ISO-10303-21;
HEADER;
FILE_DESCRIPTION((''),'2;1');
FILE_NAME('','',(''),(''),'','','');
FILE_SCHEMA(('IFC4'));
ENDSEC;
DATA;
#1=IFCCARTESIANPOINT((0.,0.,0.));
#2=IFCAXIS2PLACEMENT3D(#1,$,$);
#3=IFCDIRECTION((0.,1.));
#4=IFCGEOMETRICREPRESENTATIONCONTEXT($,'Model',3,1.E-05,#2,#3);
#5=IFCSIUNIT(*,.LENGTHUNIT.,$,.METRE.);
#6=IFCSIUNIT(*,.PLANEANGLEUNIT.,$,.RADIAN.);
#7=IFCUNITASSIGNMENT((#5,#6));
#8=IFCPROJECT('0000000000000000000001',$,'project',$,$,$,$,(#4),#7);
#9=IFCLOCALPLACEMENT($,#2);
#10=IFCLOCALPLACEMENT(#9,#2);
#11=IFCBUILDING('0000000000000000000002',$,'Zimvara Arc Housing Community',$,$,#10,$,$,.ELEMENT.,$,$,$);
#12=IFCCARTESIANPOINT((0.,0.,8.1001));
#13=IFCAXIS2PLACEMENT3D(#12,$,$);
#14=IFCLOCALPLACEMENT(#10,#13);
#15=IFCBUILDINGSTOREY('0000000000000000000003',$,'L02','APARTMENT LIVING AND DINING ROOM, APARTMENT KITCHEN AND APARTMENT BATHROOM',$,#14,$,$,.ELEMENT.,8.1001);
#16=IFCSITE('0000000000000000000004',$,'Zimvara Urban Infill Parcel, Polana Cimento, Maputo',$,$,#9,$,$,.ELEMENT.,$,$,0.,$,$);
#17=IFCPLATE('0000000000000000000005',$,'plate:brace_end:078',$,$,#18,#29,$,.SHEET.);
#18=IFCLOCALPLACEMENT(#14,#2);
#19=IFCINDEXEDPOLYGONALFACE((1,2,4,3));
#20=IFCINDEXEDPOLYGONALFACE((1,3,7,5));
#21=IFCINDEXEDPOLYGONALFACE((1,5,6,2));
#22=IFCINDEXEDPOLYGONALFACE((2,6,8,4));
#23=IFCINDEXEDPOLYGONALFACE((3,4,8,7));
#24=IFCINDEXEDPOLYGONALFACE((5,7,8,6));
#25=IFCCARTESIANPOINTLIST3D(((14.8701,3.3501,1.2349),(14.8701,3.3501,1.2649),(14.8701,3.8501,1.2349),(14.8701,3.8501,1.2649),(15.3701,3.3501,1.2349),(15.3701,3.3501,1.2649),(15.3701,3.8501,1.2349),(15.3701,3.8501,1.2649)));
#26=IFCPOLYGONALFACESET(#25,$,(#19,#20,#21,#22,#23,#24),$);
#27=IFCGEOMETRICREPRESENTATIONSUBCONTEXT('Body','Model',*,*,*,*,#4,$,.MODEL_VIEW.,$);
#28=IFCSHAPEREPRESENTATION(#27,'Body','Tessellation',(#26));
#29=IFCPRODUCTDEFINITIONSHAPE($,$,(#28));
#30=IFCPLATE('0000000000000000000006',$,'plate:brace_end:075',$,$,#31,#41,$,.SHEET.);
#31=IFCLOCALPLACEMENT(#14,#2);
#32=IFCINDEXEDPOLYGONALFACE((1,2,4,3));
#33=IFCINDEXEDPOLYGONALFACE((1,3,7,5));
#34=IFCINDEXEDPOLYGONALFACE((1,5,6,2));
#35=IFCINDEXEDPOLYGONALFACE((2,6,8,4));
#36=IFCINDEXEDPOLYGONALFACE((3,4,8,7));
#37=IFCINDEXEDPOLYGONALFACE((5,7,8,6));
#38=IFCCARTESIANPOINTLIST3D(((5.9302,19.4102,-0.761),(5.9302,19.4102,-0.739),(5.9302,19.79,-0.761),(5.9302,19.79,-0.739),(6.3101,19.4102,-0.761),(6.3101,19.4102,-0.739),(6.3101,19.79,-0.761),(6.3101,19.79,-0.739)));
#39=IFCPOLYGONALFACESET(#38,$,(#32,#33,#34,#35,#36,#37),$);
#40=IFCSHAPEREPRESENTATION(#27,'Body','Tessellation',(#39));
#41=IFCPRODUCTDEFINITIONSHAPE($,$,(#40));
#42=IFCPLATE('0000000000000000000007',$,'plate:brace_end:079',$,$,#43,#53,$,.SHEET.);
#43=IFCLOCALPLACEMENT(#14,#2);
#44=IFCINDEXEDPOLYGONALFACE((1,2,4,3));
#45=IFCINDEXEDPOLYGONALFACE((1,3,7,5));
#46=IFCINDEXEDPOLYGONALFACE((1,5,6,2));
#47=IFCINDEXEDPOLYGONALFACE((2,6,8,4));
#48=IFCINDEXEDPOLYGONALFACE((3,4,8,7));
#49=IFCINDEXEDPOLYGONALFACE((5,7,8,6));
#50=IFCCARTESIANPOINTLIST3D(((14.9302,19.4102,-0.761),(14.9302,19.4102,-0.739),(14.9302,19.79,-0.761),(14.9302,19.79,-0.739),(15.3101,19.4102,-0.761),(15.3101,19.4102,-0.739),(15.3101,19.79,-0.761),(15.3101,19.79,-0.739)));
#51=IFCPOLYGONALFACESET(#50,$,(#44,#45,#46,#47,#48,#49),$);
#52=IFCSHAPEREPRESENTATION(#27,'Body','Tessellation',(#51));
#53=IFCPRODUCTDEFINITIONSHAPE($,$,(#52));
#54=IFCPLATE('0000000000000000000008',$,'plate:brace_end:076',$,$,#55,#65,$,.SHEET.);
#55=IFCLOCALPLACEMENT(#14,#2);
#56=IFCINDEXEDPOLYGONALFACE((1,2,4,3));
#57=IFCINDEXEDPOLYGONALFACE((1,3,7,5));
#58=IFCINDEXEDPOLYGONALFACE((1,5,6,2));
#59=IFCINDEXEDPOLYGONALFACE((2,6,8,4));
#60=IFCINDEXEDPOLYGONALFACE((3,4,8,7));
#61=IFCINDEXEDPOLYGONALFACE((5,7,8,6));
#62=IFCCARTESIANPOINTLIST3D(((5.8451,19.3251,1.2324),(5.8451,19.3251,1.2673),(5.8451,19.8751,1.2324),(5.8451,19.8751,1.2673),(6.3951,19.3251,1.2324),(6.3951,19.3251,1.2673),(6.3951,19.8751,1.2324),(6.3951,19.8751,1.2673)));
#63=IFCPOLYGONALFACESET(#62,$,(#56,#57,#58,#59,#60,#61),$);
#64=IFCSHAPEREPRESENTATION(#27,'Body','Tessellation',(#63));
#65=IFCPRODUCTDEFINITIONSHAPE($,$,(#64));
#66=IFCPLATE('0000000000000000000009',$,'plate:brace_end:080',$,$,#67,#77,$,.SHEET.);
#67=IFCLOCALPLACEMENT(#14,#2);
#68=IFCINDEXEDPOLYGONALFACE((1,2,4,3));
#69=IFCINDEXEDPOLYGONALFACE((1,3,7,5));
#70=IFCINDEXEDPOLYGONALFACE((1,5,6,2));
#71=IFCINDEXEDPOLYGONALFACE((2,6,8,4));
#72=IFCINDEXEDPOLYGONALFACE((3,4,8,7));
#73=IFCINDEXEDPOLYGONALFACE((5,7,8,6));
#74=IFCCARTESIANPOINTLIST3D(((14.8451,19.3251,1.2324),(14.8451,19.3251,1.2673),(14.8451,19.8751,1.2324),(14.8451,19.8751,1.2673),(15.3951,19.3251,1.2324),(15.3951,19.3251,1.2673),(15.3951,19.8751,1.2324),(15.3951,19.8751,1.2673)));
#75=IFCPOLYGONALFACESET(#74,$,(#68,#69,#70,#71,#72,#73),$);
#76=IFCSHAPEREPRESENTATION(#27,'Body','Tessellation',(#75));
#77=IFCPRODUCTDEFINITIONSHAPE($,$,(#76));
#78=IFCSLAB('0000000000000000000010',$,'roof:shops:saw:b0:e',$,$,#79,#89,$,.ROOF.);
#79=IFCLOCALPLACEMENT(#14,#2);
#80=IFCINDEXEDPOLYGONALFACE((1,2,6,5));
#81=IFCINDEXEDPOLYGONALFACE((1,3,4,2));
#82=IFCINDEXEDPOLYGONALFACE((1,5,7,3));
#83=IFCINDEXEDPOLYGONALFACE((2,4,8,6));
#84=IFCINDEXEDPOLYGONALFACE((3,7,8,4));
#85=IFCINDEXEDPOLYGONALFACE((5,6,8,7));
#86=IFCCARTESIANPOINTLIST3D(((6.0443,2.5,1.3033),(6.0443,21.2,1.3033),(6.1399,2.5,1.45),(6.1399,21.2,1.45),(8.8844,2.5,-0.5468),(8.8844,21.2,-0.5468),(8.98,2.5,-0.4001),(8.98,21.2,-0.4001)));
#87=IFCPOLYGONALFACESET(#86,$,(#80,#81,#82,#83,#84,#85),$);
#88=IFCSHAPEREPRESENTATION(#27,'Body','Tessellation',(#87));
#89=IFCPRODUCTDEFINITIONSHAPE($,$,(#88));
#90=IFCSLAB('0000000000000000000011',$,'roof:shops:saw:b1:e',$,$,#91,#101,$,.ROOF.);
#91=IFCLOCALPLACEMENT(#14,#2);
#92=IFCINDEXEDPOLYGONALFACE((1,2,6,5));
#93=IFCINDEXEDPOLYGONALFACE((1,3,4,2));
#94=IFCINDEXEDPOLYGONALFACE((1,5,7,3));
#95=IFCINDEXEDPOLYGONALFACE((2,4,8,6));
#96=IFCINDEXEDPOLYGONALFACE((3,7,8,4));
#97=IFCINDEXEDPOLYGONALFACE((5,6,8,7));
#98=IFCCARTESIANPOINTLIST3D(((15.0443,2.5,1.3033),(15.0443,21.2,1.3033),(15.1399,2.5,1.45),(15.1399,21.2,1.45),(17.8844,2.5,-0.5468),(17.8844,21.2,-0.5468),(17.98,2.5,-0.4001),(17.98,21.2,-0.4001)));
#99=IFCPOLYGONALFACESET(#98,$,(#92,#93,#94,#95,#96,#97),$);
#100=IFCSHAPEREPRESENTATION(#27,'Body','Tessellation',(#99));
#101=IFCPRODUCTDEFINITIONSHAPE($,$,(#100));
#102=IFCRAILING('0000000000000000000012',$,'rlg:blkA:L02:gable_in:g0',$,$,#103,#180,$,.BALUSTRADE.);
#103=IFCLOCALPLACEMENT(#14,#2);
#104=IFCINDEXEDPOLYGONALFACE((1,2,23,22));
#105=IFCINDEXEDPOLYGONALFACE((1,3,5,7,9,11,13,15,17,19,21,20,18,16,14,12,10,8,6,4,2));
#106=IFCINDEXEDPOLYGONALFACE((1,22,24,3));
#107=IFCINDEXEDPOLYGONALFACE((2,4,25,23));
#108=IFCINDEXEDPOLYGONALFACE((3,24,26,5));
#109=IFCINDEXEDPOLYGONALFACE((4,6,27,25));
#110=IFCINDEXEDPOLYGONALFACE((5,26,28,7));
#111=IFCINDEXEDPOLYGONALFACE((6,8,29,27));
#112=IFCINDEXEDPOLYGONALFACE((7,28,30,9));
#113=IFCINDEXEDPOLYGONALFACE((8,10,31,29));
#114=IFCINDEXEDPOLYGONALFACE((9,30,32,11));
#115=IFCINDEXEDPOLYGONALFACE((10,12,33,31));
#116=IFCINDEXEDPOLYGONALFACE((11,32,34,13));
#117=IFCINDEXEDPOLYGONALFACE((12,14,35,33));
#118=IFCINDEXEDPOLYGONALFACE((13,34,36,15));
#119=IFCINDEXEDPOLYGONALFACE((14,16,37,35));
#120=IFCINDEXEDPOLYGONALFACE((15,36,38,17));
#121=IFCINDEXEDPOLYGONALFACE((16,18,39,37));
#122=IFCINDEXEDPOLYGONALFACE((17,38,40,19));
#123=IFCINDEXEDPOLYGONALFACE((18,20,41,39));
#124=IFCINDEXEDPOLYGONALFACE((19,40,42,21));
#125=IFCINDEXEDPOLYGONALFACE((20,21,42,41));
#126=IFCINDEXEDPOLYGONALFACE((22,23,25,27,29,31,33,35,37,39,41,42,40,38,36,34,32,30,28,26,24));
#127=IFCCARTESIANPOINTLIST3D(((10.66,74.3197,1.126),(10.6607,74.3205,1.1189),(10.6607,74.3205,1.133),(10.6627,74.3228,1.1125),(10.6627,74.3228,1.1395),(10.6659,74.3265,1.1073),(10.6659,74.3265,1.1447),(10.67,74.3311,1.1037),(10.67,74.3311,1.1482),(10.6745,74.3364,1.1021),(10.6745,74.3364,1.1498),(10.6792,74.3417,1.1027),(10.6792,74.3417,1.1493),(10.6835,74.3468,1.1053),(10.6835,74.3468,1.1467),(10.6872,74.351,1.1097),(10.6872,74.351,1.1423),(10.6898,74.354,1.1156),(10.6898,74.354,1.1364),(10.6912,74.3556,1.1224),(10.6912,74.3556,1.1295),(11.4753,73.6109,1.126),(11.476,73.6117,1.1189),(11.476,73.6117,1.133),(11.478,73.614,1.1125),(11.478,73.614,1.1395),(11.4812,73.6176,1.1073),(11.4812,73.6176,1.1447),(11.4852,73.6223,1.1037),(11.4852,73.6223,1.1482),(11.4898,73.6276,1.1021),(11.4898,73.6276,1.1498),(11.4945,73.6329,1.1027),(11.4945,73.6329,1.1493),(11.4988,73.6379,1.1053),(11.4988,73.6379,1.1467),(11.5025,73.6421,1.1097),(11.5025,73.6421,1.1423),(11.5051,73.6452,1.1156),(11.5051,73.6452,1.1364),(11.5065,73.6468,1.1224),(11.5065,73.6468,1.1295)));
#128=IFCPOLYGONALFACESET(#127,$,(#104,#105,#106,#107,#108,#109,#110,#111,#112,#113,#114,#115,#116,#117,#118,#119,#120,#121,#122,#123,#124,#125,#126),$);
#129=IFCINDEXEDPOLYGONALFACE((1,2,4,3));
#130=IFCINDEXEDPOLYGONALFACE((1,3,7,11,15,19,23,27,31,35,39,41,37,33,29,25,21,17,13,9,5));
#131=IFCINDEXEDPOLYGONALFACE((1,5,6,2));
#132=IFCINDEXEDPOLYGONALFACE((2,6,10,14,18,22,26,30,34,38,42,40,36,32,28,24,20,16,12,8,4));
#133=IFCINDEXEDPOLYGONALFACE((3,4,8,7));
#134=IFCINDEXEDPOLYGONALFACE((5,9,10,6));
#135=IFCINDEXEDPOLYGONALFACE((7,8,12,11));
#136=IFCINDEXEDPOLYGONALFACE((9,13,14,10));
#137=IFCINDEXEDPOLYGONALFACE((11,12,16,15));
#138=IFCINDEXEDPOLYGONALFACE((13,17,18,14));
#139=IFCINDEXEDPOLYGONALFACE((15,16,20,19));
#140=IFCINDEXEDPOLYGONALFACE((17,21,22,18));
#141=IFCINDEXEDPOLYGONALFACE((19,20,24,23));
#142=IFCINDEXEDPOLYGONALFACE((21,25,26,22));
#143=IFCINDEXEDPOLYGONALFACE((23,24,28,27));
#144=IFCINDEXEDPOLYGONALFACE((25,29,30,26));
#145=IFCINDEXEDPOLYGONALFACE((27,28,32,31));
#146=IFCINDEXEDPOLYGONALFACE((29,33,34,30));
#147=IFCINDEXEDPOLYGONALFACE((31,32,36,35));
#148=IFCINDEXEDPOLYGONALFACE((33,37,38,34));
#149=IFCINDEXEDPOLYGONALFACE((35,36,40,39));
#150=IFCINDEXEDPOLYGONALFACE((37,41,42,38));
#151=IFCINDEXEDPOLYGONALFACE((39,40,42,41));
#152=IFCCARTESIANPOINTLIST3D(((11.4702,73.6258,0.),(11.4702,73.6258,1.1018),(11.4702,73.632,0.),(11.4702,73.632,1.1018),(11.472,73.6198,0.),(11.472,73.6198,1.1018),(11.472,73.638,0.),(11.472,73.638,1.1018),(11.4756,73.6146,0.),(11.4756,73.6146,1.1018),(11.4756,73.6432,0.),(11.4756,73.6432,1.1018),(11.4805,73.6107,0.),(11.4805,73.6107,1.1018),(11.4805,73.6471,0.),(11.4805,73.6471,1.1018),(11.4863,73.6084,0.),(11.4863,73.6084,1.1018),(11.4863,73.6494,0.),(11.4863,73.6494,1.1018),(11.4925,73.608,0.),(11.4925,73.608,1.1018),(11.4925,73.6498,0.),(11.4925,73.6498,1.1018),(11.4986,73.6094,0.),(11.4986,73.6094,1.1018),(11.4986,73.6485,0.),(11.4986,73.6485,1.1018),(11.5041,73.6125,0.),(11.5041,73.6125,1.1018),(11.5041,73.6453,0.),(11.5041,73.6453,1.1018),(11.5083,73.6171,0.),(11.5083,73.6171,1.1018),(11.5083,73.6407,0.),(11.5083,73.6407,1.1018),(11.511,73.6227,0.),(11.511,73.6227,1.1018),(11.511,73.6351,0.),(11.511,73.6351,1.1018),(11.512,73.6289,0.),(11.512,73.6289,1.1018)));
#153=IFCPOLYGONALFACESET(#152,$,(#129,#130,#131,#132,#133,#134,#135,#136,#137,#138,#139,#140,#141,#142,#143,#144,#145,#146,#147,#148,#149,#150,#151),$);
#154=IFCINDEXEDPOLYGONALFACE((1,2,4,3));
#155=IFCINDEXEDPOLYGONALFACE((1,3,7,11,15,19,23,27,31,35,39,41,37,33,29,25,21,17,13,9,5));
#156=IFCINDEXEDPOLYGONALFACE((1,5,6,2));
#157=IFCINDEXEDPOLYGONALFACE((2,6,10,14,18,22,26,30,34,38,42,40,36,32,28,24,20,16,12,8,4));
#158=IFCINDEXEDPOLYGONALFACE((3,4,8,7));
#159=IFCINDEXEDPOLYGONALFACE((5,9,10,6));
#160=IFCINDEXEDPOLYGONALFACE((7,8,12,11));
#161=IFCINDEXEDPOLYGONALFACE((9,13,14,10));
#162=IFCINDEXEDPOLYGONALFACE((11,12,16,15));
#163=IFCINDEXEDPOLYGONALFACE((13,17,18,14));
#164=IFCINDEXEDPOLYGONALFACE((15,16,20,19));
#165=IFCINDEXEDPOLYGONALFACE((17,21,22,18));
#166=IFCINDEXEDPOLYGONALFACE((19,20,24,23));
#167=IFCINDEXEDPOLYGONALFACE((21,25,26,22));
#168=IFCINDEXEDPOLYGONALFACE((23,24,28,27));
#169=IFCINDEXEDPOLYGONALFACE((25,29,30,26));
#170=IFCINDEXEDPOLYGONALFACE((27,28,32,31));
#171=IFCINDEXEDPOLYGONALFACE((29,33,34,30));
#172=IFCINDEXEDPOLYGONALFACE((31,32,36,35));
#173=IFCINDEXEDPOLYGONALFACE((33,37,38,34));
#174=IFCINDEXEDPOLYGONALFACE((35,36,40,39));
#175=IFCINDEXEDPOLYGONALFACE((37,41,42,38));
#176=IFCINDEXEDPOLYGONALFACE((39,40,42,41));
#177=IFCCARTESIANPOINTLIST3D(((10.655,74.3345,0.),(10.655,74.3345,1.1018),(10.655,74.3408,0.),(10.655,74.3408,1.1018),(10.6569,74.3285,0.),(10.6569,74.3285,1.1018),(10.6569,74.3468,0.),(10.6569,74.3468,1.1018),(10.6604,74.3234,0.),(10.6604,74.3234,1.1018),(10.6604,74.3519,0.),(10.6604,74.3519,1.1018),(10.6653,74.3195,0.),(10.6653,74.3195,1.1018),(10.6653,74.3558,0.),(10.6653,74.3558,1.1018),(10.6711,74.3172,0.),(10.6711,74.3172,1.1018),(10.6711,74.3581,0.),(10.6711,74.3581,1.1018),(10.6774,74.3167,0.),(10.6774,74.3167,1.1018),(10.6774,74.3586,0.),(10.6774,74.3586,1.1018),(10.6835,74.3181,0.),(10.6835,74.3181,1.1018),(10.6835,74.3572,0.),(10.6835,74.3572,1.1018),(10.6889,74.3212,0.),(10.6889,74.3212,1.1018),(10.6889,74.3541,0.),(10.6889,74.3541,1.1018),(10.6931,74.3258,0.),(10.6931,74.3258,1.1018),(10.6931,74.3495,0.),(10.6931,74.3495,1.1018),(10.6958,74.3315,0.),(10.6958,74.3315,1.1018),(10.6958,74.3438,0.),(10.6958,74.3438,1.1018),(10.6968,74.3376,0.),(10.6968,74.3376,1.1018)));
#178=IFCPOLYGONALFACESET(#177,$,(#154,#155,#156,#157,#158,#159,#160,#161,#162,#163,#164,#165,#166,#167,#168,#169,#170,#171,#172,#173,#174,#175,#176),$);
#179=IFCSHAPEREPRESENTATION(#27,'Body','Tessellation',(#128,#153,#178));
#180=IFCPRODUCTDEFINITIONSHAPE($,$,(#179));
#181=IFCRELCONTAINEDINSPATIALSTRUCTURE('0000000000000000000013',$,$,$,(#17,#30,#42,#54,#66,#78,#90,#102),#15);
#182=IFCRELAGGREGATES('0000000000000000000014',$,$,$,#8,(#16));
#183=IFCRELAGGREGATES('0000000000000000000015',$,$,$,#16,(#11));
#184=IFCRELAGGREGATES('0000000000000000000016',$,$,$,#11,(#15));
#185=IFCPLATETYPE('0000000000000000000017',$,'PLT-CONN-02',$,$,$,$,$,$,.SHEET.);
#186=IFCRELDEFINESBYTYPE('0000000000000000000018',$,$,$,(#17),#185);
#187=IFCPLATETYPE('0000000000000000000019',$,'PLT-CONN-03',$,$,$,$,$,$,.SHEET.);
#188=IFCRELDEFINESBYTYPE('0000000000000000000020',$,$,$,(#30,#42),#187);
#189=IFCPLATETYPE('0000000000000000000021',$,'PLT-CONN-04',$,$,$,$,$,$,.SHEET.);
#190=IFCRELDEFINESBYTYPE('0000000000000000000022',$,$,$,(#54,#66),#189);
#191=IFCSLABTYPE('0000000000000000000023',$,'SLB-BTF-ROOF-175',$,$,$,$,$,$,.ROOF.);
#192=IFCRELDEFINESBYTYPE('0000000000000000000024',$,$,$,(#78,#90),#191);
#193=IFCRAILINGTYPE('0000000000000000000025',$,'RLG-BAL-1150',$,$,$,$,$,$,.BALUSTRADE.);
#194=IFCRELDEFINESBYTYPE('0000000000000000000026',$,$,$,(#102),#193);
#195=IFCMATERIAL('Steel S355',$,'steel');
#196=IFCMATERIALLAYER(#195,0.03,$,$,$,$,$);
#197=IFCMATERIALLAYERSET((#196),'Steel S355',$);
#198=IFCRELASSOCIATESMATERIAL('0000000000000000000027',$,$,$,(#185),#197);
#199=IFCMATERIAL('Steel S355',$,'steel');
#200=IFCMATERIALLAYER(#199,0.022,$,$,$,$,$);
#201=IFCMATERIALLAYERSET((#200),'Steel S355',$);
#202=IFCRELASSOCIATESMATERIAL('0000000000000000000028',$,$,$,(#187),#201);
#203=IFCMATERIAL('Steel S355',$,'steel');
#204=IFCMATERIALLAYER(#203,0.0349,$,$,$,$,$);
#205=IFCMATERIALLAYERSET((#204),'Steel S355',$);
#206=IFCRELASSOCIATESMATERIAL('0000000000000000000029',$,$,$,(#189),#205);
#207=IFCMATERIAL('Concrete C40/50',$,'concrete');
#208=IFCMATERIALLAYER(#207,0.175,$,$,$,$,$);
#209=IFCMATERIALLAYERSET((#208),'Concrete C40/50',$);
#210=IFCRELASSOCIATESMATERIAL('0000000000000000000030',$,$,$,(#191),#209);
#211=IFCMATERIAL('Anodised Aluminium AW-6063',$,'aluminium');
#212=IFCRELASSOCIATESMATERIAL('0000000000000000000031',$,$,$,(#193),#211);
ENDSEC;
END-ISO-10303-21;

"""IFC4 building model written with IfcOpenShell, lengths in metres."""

from ifc_helpers import new_model, si_unit, direction, frame, origin, origin_2d, place, context, subcontext, project, spatial, polyline, rectangle, circle, outline, extrude, material, layer, layer_set, type_object, element, save


model = new_model("IFC4")

# Units and contexts
model_context = context("Model", 3, precision=1e-05, world=origin(), true_north=direction((0.0, 1.0)))
body_context = subcontext(model_context, "Body", "Model", "MODEL_VIEW")
ifc_project = project(units=[si_unit("LENGTHUNIT", "METRE"), si_unit("PLANEANGLEUNIT", "RADIAN")], contexts=[model_context])

# Site, building, storey
site_placement = place(None, origin())
site = spatial("IfcSite", under=ifc_project, at=site_placement, Name="Zimvara Urban Infill Parcel, Polana Cimento, Maputo", CompositionType="ELEMENT", RefElevation=0.0)
building_placement = place(site_placement, origin())
building = spatial("IfcBuilding", under=site, at=building_placement, Name="Zimvara Arc Housing Community", CompositionType="ELEMENT")
storey_placement = place(building_placement, frame((0.0, 0.0, 8.1001)))
storey = spatial("IfcBuildingStorey", under=building, at=storey_placement, Name="L02", Description="APARTMENT LIVING AND DINING ROOM, APARTMENT KITCHEN AND APARTMENT BATHROOM", CompositionType="ELEMENT", Elevation=8.1001)

# Plates
ifc_material_1 = material(Name="Steel S355", Category="steel")
ifc_layer_1 = layer(ifc_material_1, 0.03)
ifc_layer_set_1 = layer_set([ifc_layer_1], Name="Steel S355")
plate_type_1 = type_object("IfcPlateType", Name="PLT-CONN-02", PredefinedType="SHEET", material=ifc_layer_set_1)
for number, where, z_axis, x_axis, name in (
    (1, (15.1201, 3.6001, 1.2349), (0.0, 0.0, 1.0), (1.0, 0.0, 0.0), "plate:brace_end:078"),
):
    element("IfcPlate", number, at=place(storey_placement, frame(where, z_axis=z_axis, x_axis=x_axis)), inside=storey, type_object=plate_type_1, Name=name, PredefinedType="SHEET", context=body_context, shape_type="SweptSolid", body=[
        extrude(rectangle(XDim=0.5, YDim=0.5, at=origin_2d()), origin(), (0.0, 0.0, 1.0), 0.03),
    ])
ifc_material_2 = material(Name="Steel S355", Category="steel")
ifc_layer_2 = layer(ifc_material_2, 0.022)
ifc_layer_set_2 = layer_set([ifc_layer_2], Name="Steel S355")
plate_type_2 = type_object("IfcPlateType", Name="PLT-CONN-03", PredefinedType="SHEET", material=ifc_layer_set_2)
for number, where, z_axis, x_axis, name in (
    (2, (6.1201, 19.6001, -0.761), (0.0, 0.0, 1.0), (1.0, 0.0, 0.0), "plate:brace_end:075"),
    (3, (15.1201, 19.6001, -0.761), (0.0, 0.0, 1.0), (1.0, 0.0, 0.0), "plate:brace_end:079"),
):
    element("IfcPlate", number, at=place(storey_placement, frame(where, z_axis=z_axis, x_axis=x_axis)), inside=storey, type_object=plate_type_2, Name=name, PredefinedType="SHEET", context=body_context, shape_type="SweptSolid", body=[
        extrude(rectangle(XDim=0.3799, YDim=0.3799, at=origin_2d()), origin(), (0.0, 0.0, 1.0), 0.022),
    ])
ifc_material_3 = material(Name="Steel S355", Category="steel")
ifc_layer_3 = layer(ifc_material_3, 0.0349)
ifc_layer_set_3 = layer_set([ifc_layer_3], Name="Steel S355")
plate_type_3 = type_object("IfcPlateType", Name="PLT-CONN-04", PredefinedType="SHEET", material=ifc_layer_set_3)
for number, where, z_axis, x_axis, name in (
    (4, (6.1201, 19.6001, 1.2324), (0.0, 0.0, 1.0), (1.0, 0.0, 0.0), "plate:brace_end:076"),
    (5, (15.1201, 19.6001, 1.2324), (0.0, 0.0, 1.0), (1.0, 0.0, 0.0), "plate:brace_end:080"),
):
    element("IfcPlate", number, at=place(storey_placement, frame(where, z_axis=z_axis, x_axis=x_axis)), inside=storey, type_object=plate_type_3, Name=name, PredefinedType="SHEET", context=body_context, shape_type="SweptSolid", body=[
        extrude(rectangle(XDim=0.55, YDim=0.55, at=origin_2d()), origin(), (0.0, 0.0, 1.0), 0.0349),
    ])

# Slabs
ifc_material_4 = material(Name="Concrete C40/50", Category="concrete")
ifc_layer_4 = layer(ifc_material_4, 0.175)
ifc_layer_set_4 = layer_set([ifc_layer_4], Name="Concrete C40/50")
slab_type = type_object("IfcSlabType", Name="SLB-BTF-ROOF-175", PredefinedType="ROOF", material=ifc_layer_set_4)
for number, where, z_axis, x_axis, name in (
    (6, (6.1399, 21.2, 1.45), (0.545826, 0.0, 0.837898), (0.837898, 0.0, -0.545826), "roof:shops:saw:b0:e"),
    (7, (15.1399, 21.2, 1.45), (0.545826, 0.0, 0.837898), (0.837898, 0.0, -0.545826), "roof:shops:saw:b1:e"),
):
    element("IfcSlab", number, at=place(storey_placement, frame(where, z_axis=z_axis, x_axis=x_axis)), inside=storey, type_object=slab_type, Name=name, PredefinedType="ROOF", context=body_context, shape_type="SweptSolid", body=[
        extrude(outline(polyline([(0.0, 0.0), (3.3895, 0.0), (3.3895, -18.7), (0.0, -18.7), (0.0, 0.0)])), origin(), (0.0, 0.0, -1.0), 0.175),
    ])

# Railing
ifc_material_5 = material(Name="Anodised Aluminium AW-6063", Category="aluminium")
railing_type = type_object("IfcRailingType", Name="RLG-BAL-1150", PredefinedType="BALUSTRADE", material=ifc_material_5)
railing_placement = place(storey_placement, frame((11.491, 73.6289, 0.0)))
element("IfcRailing", 8, at=railing_placement, inside=storey, type_object=railing_type, Name="rlg:blkA:L02:gable_in:g0", PredefinedType="BALUSTRADE", context=body_context, shape_type="SweptSolid", body=[
    extrude(circle(Radius=0.0239, at=origin_2d()), frame((0.0, 0.0, 1.126), z_axis=(-0.754659, 0.656117, 0.0), x_axis=(-0.656117, -0.754659, 0.0)), (0.0, 0.0, 1.0), 1.0803),
    extrude(circle(Radius=0.021, at=origin_2d()), origin(), (0.0, 0.0, 1.0), 1.1018),
    extrude(circle(Radius=0.021, at=origin_2d()), frame((-0.8152, 0.7087, 0.0)), (0.0, 0.0, 1.0), 1.1018),
])

save(model, "model.ifc")
